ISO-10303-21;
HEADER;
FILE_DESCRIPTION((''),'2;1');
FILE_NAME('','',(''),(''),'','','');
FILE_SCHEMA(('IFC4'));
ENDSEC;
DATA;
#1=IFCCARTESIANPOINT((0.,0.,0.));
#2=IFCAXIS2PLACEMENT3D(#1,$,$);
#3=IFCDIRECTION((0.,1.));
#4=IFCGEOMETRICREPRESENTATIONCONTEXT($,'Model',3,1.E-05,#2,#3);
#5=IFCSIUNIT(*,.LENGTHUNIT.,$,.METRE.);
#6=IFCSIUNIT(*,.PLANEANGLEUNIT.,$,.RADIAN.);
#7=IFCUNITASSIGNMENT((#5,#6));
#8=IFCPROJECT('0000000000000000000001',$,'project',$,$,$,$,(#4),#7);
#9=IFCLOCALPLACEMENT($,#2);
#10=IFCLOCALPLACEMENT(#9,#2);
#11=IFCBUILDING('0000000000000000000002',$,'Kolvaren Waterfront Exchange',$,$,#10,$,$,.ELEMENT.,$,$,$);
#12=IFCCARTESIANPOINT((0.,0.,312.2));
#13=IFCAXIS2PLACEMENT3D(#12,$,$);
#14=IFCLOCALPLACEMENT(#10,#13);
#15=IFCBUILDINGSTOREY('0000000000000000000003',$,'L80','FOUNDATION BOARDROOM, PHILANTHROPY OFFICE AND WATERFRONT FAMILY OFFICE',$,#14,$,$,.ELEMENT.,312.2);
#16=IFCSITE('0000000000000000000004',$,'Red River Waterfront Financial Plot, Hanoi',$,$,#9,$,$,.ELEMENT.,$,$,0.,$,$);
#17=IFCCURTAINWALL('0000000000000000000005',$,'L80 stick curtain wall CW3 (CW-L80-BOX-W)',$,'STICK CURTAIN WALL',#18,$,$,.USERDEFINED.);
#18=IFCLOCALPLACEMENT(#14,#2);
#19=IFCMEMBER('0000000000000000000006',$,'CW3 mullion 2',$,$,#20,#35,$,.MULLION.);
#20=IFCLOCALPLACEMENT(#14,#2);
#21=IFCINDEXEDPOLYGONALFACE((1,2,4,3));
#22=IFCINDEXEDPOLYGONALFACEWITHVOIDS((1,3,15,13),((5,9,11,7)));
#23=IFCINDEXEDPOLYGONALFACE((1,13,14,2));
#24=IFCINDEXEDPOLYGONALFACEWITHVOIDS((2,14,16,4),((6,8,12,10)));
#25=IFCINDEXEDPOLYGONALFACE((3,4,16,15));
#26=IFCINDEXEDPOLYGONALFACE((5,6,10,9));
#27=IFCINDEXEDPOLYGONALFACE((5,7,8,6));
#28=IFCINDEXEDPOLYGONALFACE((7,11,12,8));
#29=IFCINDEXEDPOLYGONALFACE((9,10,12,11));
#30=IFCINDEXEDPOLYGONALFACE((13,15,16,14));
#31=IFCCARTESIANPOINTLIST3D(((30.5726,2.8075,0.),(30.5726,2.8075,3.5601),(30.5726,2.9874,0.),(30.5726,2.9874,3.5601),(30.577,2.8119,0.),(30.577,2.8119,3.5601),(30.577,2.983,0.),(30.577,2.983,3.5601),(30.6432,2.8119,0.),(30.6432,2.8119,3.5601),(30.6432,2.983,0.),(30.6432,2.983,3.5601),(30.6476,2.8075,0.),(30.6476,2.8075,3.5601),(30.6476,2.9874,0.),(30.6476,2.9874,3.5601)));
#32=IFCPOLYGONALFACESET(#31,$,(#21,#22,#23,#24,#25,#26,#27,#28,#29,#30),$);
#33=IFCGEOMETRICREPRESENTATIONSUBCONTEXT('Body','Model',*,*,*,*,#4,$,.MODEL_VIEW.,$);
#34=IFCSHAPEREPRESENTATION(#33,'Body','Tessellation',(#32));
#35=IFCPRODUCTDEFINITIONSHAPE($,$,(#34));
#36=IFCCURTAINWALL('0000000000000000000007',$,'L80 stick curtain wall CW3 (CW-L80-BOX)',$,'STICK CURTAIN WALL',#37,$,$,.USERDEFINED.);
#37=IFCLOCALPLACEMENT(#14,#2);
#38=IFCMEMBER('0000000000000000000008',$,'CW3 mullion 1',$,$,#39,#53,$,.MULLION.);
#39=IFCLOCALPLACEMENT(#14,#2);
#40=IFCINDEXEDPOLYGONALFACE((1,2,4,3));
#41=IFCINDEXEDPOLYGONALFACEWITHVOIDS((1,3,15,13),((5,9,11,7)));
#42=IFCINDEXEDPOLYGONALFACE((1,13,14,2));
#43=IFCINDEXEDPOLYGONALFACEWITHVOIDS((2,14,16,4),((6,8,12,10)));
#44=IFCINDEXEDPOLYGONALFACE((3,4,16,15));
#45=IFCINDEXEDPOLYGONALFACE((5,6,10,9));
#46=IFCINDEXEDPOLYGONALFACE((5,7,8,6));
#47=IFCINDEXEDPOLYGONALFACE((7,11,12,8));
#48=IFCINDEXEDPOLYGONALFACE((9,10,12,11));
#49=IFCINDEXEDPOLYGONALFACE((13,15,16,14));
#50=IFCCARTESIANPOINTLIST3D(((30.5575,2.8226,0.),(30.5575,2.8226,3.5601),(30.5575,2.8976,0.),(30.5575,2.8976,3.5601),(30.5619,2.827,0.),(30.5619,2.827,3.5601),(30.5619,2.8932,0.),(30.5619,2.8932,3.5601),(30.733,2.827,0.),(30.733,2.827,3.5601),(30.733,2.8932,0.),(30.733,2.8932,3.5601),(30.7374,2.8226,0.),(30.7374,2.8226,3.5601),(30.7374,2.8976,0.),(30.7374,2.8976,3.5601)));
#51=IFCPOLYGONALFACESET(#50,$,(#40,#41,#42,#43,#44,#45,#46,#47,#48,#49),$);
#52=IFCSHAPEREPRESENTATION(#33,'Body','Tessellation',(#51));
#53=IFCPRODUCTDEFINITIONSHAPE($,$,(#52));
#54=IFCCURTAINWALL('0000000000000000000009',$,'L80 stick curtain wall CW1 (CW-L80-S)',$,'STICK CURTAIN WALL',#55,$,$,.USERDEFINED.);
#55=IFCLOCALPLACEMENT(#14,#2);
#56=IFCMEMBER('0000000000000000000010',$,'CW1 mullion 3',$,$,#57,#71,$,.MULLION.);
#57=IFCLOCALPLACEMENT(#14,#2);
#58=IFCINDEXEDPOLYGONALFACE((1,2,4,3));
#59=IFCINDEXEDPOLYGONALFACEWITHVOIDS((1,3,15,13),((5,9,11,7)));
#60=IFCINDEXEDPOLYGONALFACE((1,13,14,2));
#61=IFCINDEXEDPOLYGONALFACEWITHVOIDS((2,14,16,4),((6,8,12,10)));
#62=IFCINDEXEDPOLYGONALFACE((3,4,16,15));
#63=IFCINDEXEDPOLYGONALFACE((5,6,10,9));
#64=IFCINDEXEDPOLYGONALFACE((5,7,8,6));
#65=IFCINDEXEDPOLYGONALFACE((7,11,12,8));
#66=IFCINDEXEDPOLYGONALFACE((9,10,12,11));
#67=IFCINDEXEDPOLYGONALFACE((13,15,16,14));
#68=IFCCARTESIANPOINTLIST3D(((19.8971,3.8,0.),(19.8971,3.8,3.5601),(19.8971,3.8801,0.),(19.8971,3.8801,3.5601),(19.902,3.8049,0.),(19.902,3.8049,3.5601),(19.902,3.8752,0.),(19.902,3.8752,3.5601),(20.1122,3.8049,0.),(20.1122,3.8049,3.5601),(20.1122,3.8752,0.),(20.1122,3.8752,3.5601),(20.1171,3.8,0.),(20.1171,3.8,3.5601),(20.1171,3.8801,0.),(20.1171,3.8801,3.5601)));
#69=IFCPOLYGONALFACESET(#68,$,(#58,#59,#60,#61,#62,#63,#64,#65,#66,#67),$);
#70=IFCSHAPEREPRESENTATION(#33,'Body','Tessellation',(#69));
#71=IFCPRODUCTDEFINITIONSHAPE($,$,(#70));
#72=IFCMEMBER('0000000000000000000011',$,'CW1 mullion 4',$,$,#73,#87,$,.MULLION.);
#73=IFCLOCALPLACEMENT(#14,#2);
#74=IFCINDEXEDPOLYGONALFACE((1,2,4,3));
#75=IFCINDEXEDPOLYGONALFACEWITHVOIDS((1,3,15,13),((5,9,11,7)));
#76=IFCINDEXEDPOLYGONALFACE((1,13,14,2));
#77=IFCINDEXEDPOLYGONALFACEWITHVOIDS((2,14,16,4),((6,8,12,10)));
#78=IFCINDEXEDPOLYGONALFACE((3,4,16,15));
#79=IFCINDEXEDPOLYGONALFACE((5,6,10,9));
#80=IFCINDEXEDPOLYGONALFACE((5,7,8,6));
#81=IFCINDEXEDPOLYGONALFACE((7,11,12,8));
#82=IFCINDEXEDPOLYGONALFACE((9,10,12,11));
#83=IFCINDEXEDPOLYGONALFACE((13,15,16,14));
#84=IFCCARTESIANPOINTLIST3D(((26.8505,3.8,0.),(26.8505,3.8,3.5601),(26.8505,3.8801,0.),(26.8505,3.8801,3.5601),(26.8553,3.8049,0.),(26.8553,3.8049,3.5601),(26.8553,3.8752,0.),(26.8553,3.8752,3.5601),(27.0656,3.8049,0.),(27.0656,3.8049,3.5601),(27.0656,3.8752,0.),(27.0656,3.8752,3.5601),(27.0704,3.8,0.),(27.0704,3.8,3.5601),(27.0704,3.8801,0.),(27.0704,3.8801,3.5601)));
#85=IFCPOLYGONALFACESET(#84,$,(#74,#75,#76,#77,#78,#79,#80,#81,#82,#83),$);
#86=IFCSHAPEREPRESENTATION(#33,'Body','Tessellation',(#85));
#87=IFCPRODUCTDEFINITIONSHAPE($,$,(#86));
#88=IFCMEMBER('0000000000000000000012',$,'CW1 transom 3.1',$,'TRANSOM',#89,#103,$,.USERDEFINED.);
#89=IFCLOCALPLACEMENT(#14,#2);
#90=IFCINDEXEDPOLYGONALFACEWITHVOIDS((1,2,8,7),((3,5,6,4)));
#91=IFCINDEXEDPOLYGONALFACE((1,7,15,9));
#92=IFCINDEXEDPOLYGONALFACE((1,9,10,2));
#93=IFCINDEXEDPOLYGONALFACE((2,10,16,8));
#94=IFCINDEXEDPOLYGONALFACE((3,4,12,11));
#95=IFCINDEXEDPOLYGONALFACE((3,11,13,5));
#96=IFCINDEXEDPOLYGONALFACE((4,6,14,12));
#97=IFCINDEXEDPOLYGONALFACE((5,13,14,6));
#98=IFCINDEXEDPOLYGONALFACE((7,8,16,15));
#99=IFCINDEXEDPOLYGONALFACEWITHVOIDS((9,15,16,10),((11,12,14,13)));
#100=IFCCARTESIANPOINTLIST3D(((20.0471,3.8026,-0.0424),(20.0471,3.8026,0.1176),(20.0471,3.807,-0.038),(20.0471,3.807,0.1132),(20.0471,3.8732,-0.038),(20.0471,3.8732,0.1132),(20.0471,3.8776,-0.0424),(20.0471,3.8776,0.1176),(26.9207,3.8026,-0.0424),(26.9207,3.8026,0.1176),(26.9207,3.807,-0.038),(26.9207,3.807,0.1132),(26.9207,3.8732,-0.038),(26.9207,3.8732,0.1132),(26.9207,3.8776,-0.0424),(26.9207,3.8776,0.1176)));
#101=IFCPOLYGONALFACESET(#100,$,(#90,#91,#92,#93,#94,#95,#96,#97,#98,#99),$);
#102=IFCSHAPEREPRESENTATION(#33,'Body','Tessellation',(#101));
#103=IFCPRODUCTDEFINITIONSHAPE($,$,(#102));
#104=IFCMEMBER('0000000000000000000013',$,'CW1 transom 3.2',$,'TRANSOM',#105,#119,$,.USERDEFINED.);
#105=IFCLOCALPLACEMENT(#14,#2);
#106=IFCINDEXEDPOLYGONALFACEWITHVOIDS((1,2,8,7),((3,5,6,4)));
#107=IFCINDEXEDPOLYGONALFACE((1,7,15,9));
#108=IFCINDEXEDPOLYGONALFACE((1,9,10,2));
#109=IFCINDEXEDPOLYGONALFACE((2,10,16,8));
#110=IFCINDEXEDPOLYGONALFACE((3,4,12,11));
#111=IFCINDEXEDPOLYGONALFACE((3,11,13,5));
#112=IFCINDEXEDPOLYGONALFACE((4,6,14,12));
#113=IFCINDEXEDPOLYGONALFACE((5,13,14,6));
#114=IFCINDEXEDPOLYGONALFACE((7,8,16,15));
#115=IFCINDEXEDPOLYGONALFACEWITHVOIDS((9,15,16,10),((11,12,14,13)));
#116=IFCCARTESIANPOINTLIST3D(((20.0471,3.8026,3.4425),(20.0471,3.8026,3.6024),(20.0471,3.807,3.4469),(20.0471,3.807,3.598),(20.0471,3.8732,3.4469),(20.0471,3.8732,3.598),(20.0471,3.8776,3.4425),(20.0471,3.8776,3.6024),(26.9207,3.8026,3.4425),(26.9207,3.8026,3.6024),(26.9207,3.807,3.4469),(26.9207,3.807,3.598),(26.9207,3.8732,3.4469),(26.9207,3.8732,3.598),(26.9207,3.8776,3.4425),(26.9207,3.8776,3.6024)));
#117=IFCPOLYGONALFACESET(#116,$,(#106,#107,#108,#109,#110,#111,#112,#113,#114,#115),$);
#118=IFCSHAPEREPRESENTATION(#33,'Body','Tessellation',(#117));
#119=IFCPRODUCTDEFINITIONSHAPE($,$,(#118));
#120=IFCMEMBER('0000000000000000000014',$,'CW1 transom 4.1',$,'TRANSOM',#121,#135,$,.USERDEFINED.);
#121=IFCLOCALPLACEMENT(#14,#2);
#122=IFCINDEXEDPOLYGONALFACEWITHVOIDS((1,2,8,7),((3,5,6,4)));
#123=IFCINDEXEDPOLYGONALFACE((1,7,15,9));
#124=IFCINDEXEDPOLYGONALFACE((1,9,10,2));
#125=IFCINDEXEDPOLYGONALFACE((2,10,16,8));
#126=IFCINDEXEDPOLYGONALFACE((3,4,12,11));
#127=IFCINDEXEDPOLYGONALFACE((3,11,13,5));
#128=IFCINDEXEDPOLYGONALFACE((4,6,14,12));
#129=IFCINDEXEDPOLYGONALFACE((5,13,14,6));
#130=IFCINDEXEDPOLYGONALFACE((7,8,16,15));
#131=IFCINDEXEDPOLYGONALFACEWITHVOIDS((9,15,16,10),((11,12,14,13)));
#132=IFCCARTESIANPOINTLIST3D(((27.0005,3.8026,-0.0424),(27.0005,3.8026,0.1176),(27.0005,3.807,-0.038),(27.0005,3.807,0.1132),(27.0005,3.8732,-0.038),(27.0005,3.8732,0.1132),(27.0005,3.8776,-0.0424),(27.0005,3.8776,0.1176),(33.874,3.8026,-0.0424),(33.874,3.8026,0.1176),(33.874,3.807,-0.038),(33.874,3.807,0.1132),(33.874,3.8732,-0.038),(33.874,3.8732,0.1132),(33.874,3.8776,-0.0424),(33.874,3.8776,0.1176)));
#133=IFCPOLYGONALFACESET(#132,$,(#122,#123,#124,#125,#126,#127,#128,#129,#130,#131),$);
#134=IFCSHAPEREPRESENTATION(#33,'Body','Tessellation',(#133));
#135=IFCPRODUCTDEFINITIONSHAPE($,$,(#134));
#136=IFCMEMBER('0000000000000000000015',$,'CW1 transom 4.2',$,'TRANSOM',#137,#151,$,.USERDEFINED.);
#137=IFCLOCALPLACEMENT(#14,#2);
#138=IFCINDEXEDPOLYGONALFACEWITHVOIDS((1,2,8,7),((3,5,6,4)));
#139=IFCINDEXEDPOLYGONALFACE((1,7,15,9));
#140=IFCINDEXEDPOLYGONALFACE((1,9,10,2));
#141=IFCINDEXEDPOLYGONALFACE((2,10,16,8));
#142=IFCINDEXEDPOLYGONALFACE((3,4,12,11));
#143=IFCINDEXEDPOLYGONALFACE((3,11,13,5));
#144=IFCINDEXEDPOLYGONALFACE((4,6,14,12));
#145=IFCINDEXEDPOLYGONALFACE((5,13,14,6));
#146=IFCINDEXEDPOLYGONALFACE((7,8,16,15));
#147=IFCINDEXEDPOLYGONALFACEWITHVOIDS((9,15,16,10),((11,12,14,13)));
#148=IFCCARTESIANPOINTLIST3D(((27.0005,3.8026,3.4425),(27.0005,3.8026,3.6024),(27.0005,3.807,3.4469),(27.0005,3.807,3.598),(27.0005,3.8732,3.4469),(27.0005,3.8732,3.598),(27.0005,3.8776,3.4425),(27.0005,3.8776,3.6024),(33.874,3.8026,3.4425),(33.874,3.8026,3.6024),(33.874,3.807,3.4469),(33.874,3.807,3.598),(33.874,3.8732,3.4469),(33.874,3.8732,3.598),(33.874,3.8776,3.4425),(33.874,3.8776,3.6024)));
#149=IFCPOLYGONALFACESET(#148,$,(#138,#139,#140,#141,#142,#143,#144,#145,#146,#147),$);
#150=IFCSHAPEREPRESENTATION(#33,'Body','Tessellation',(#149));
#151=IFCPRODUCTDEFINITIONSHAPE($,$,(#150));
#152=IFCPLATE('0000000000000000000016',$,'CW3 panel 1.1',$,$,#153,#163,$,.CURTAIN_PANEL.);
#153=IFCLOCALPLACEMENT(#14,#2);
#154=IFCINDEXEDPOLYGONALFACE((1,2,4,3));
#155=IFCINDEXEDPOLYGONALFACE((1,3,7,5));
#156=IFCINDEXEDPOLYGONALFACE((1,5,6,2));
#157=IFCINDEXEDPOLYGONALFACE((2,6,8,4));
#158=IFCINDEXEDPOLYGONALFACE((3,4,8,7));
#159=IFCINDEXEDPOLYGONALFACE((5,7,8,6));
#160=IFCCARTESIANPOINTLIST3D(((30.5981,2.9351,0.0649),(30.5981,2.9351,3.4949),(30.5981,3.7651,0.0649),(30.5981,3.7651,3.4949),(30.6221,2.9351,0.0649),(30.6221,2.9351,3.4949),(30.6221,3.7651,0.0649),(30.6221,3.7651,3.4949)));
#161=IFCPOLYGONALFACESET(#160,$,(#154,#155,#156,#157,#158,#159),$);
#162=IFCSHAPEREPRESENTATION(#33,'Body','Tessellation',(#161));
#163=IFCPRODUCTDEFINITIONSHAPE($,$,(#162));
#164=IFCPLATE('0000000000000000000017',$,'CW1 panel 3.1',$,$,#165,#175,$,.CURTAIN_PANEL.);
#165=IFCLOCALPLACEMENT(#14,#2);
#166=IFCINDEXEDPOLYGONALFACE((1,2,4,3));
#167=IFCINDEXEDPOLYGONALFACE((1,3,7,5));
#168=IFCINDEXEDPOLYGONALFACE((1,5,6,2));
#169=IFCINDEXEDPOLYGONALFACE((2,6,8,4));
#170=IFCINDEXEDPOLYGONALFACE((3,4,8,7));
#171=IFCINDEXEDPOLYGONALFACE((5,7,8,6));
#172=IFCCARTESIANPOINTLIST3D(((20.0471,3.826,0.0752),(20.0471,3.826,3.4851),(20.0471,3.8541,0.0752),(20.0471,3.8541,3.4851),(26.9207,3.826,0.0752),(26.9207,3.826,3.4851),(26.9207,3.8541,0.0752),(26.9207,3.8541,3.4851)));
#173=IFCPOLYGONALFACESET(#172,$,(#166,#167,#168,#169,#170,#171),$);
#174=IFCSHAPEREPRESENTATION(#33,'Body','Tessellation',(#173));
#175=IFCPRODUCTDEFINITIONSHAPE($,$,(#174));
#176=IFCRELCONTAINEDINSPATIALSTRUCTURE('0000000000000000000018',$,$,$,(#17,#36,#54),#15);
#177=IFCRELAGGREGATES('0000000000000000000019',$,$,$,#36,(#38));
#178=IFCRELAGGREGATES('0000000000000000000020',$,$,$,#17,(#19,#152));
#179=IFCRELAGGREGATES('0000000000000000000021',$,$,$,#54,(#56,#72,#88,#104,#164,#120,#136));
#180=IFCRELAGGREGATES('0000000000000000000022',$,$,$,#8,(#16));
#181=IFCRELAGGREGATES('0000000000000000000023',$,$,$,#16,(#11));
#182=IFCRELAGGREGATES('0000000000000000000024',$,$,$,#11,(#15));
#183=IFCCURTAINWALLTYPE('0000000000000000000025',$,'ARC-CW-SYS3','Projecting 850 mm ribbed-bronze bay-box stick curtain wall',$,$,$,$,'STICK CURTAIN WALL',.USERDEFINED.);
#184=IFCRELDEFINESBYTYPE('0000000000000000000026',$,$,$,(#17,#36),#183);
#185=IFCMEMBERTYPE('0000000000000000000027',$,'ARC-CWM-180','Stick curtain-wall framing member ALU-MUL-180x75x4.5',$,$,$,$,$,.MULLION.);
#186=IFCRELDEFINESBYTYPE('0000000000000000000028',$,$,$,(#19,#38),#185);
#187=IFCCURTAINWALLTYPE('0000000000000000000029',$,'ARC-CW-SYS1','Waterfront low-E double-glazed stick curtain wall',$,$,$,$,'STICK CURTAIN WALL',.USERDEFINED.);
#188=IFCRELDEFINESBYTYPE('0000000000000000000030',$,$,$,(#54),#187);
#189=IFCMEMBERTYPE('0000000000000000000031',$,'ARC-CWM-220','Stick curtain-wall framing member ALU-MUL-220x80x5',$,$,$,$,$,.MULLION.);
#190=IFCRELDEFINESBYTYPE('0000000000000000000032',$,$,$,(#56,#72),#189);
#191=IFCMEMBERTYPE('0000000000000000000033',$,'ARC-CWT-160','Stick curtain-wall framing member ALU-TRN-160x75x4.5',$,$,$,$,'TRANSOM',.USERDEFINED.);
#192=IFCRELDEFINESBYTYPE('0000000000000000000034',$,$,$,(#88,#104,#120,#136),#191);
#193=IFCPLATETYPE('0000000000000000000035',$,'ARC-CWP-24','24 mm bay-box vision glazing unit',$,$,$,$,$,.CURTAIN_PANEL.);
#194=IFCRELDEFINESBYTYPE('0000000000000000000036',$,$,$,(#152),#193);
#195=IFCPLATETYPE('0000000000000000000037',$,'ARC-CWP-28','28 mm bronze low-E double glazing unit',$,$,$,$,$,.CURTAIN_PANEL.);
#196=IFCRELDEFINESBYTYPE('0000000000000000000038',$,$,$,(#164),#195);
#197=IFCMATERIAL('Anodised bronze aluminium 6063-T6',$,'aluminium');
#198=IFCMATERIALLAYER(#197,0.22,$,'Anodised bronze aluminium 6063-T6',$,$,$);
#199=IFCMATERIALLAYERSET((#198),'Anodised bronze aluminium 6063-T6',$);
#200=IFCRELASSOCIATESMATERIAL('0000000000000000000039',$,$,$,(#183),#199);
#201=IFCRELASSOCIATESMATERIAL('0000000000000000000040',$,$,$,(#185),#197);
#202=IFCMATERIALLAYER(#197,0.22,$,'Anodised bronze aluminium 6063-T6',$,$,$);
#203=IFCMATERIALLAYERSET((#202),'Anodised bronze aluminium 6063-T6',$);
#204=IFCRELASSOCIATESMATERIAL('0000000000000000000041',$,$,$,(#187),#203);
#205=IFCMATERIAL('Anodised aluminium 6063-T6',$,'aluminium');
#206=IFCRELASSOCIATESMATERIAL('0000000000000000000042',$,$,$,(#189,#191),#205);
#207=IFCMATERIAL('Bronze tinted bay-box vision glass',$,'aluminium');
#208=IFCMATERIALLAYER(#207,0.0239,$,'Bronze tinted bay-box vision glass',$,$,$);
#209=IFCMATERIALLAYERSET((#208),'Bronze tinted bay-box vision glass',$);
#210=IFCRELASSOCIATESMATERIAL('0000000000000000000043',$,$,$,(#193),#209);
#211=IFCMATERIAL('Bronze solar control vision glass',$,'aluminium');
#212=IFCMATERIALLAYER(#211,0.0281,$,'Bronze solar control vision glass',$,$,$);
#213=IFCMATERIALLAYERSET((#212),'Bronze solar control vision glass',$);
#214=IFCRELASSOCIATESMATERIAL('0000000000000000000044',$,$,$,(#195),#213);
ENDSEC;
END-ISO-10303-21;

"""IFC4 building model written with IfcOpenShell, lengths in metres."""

from ifc_helpers import new_model, si_unit, direction, frame, origin, origin_with_axes, origin_2d, place, context, subcontext, project, spatial, rectangle, hollow_rectangle, extrude, source, transform, mapped, material, layer, layer_set, material_profile, profile_set, type_object, element, aggregate, save


model = new_model("IFC4")

# Units and contexts
model_context = context("Model", 3, precision=1e-05, world=origin(), true_north=direction((0.0, 1.0)))
body_context = subcontext(model_context, "Body", "Model", "MODEL_VIEW")
ifc_project = project(units=[si_unit("LENGTHUNIT", "METRE"), si_unit("PLANEANGLEUNIT", "RADIAN")], contexts=[model_context])

# Site, building, storey
site_placement = place(None, origin())
site = spatial("IfcSite", under=ifc_project, at=site_placement, Name="Red River Waterfront Financial Plot, Hanoi", CompositionType="ELEMENT", RefElevation=0.0)
building_placement = place(site_placement, origin())
building = spatial("IfcBuilding", under=site, at=building_placement, Name="Kolvaren Waterfront Exchange", CompositionType="ELEMENT")
storey_placement = place(building_placement, frame((0.0, 0.0, 312.2)))
storey = spatial("IfcBuildingStorey", under=building, at=storey_placement, Name="L80", Description="FOUNDATION BOARDROOM, PHILANTHROPY OFFICE AND WATERFRONT FAMILY OFFICE", CompositionType="ELEMENT", Elevation=312.2)

# Curtain wall, member
ifc_material_1 = material(Name="Anodised bronze aluminium 6063-T6", Category="aluminium")
ifc_layer_1 = layer(ifc_material_1, 0.22, Name="Anodised bronze aluminium 6063-T6")
ifc_layer_set_1 = layer_set([ifc_layer_1], Name="Anodised bronze aluminium 6063-T6")
curtain_wall_type_1 = type_object("IfcCurtainWallType", Name="ARC-CW-SYS3", Description="Projecting 850 mm ribbed-bronze bay-box stick curtain wall", ElementType="STICK CURTAIN WALL", PredefinedType="USERDEFINED", material=ifc_layer_set_1)
curtain_wall_1_placement = place(storey_placement, origin())
curtain_wall_1 = element("IfcCurtainWall", 1, at=curtain_wall_1_placement, inside=storey, type_object=curtain_wall_type_1, Name="L80 stick curtain wall CW3 (CW-L80-BOX-W)", ObjectType="STICK CURTAIN WALL", PredefinedType="USERDEFINED")
ifc_material_profile_1 = material_profile(ifc_material_1, hollow_rectangle(XDim=0.075, YDim=0.1799, WallThickness=0.0044, at=origin_2d()), Name="ALU-MUL-180x75x4.5")
ifc_profile_set_1 = profile_set([ifc_material_profile_1], Name="Anodised bronze aluminium 6063-T6")
member_type_1 = type_object("IfcMemberType", Name="ARC-CWM-180", Description="Stick curtain-wall framing member ALU-MUL-180x75x4.5", PredefinedType="MULLION", material=ifc_profile_set_1)
shared_shape_1 = source(origin_with_axes(), body_context, "Body", "SweptSolid", [
    extrude(hollow_rectangle(XDim=0.075, YDim=0.1799, WallThickness=0.0044, at=origin_2d()), origin(), (0.0, 0.0, 1.0), 3.5601),
])
member_1_placement = place(storey_placement, frame((30.6101, 2.8975, 0.0), z_axis=(0.0, 0.0, 1.0), x_axis=(1.0, 0.0, 0.0)))
member_1 = element("IfcMember", 2, at=member_1_placement, type_object=member_type_1, Name="CW3 mullion 2", PredefinedType="MULLION", context=body_context, shape_type="MappedRepresentation", body=[
    mapped(shared_shape_1, transform((0.0, 0.0, 0.0), x_axis=(1.0, 0.0, 0.0), y_axis=(0.0, 1.0, 0.0), z_axis=(0.0, 0.0, 1.0), scale=1.0)),
])

# Curtain wall, member
curtain_wall_2_placement = place(storey_placement, origin())
curtain_wall_2 = element("IfcCurtainWall", 3, at=curtain_wall_2_placement, inside=storey, type_object=curtain_wall_type_1, Name="L80 stick curtain wall CW3 (CW-L80-BOX)", ObjectType="STICK CURTAIN WALL", PredefinedType="USERDEFINED")
member_2_placement = place(storey_placement, frame((30.6475, 2.8601, 0.0), z_axis=(0.0, 0.0, 1.0), x_axis=(0.0, 1.0, 0.0)))
member_2 = element("IfcMember", 4, at=member_2_placement, type_object=member_type_1, Name="CW3 mullion 1", PredefinedType="MULLION", context=body_context, shape_type="MappedRepresentation", body=[
    mapped(shared_shape_1, transform((0.0, 0.0, 0.0), x_axis=(1.0, 0.0, 0.0), y_axis=(0.0, 1.0, 0.0), z_axis=(0.0, 0.0, 1.0), scale=1.0)),
])
aggregate(curtain_wall_2, [member_2])

# Curtain wall, members
ifc_layer_2 = layer(ifc_material_1, 0.22, Name="Anodised bronze aluminium 6063-T6")
ifc_layer_set_2 = layer_set([ifc_layer_2], Name="Anodised bronze aluminium 6063-T6")
curtain_wall_type_2 = type_object("IfcCurtainWallType", Name="ARC-CW-SYS1", Description="Waterfront low-E double-glazed stick curtain wall", ElementType="STICK CURTAIN WALL", PredefinedType="USERDEFINED", material=ifc_layer_set_2)
curtain_wall_3_placement = place(storey_placement, origin())
curtain_wall_3 = element("IfcCurtainWall", 5, at=curtain_wall_3_placement, inside=storey, type_object=curtain_wall_type_2, Name="L80 stick curtain wall CW1 (CW-L80-S)", ObjectType="STICK CURTAIN WALL", PredefinedType="USERDEFINED")
ifc_material_2 = material(Name="Anodised aluminium 6063-T6", Category="aluminium")
ifc_material_profile_2 = material_profile(ifc_material_2, hollow_rectangle(XDim=0.0801, YDim=0.22, WallThickness=0.0049, at=origin_2d()), Name="ALU-MUL-220x80x5")
ifc_profile_set_2 = profile_set([ifc_material_profile_2], Name="Anodised aluminium 6063-T6")
member_type_2 = type_object("IfcMemberType", Name="ARC-CWM-220", Description="Stick curtain-wall framing member ALU-MUL-220x80x5", PredefinedType="MULLION", material=ifc_profile_set_2)
shared_shape_2 = source(origin_with_axes(), body_context, "Body", "SweptSolid", [
    extrude(hollow_rectangle(XDim=0.0801, YDim=0.22, WallThickness=0.0049, at=origin_2d()), origin(), (0.0, 0.0, 1.0), 3.5601),
])
member_3_placement = place(storey_placement, frame((20.0071, 3.8401, 0.0), z_axis=(0.0, 0.0, 1.0), x_axis=(0.0, 1.0, 0.0)))
member_3 = element("IfcMember", 6, at=member_3_placement, type_object=member_type_2, Name="CW1 mullion 3", PredefinedType="MULLION", context=body_context, shape_type="MappedRepresentation", body=[
    mapped(shared_shape_2, transform((0.0, 0.0, 0.0), x_axis=(1.0, 0.0, 0.0), y_axis=(0.0, 1.0, 0.0), z_axis=(0.0, 0.0, 1.0), scale=1.0)),
])
member_4_placement = place(storey_placement, frame((26.9604, 3.8401, 0.0), z_axis=(0.0, 0.0, 1.0), x_axis=(0.0, 1.0, 0.0)))
member_4 = element("IfcMember", 7, at=member_4_placement, type_object=member_type_2, Name="CW1 mullion 4", PredefinedType="MULLION", context=body_context, shape_type="MappedRepresentation", body=[
    mapped(shared_shape_2, transform((0.0, 0.0, 0.0), x_axis=(1.0, 0.0, 0.0), y_axis=(0.0, 1.0, 0.0), z_axis=(0.0, 0.0, 1.0), scale=1.0)),
])
ifc_material_profile_3 = material_profile(ifc_material_2, hollow_rectangle(XDim=0.075, YDim=0.1599, WallThickness=0.0044, at=origin_2d()), Name="ALU-TRN-160x75x4.5")
ifc_profile_set_3 = profile_set([ifc_material_profile_3], Name="Anodised aluminium 6063-T6")
member_type_3 = type_object("IfcMemberType", Name="ARC-CWT-160", Description="Stick curtain-wall framing member ALU-TRN-160x75x4.5", ElementType="TRANSOM", PredefinedType="USERDEFINED", material=ifc_profile_set_3)
shared_shape_3 = source(origin_with_axes(), body_context, "Body", "SweptSolid", [
    extrude(hollow_rectangle(XDim=0.075, YDim=0.1599, WallThickness=0.0044, at=origin_2d()), origin(), (0.0, 0.0, 1.0), 6.8735),
])
member_5_placement = place(storey_placement, frame((20.0471, 3.8401, 0.0376), z_axis=(1.0, 0.0, 0.0), x_axis=(0.0, 1.0, 0.0)))
member_5 = element("IfcMember", 8, at=member_5_placement, type_object=member_type_3, Name="CW1 transom 3.1", ObjectType="TRANSOM", PredefinedType="USERDEFINED", context=body_context, shape_type="MappedRepresentation", body=[
    mapped(shared_shape_3, transform((0.0, 0.0, 0.0), x_axis=(1.0, 0.0, 0.0), y_axis=(0.0, 1.0, 0.0), z_axis=(0.0, 0.0, 1.0), scale=1.0)),
])
member_6_placement = place(storey_placement, frame((20.0471, 3.8401, 3.5225), z_axis=(1.0, 0.0, 0.0), x_axis=(0.0, 1.0, 0.0)))
member_6 = element("IfcMember", 9, at=member_6_placement, type_object=member_type_3, Name="CW1 transom 3.2", ObjectType="TRANSOM", PredefinedType="USERDEFINED", context=body_context, shape_type="MappedRepresentation", body=[
    mapped(shared_shape_3, transform((0.0, 0.0, 0.0), x_axis=(1.0, 0.0, 0.0), y_axis=(0.0, 1.0, 0.0), z_axis=(0.0, 0.0, 1.0), scale=1.0)),
])
member_7_placement = place(storey_placement, frame((27.0005, 3.8401, 0.0376), z_axis=(1.0, 0.0, 0.0), x_axis=(0.0, 1.0, 0.0)))
member_7 = element("IfcMember", 10, at=member_7_placement, type_object=member_type_3, Name="CW1 transom 4.1", ObjectType="TRANSOM", PredefinedType="USERDEFINED", context=body_context, shape_type="MappedRepresentation", body=[
    mapped(shared_shape_3, transform((0.0, 0.0, 0.0), x_axis=(1.0, 0.0, 0.0), y_axis=(0.0, 1.0, 0.0), z_axis=(0.0, 0.0, 1.0), scale=1.0)),
])
member_8_placement = place(storey_placement, frame((27.0005, 3.8401, 3.5225), z_axis=(1.0, 0.0, 0.0), x_axis=(0.0, 1.0, 0.0)))
member_8 = element("IfcMember", 11, at=member_8_placement, type_object=member_type_3, Name="CW1 transom 4.2", ObjectType="TRANSOM", PredefinedType="USERDEFINED", context=body_context, shape_type="MappedRepresentation", body=[
    mapped(shared_shape_3, transform((0.0, 0.0, 0.0), x_axis=(1.0, 0.0, 0.0), y_axis=(0.0, 1.0, 0.0), z_axis=(0.0, 0.0, 1.0), scale=1.0)),
])

# Plates
ifc_material_3 = material(Name="Bronze tinted bay-box vision glass", Category="aluminium")
ifc_layer_3 = layer(ifc_material_3, 0.0239, Name="Bronze tinted bay-box vision glass")
ifc_layer_set_3 = layer_set([ifc_layer_3], Name="Bronze tinted bay-box vision glass")
plate_type_1 = type_object("IfcPlateType", Name="ARC-CWP-24", Description="24 mm bay-box vision glazing unit", PredefinedType="CURTAIN_PANEL", material=ifc_layer_set_3)
shared_shape_4 = source(origin_with_axes(), body_context, "Body", "SweptSolid", [
    extrude(rectangle(XDim=0.8301, YDim=0.0239, at=origin_2d()), origin(), (0.0, 0.0, 1.0), 3.4299),
])
plate_1_placement = place(storey_placement, frame((30.6101, 3.3501, 0.0649), z_axis=(0.0, 0.0, 1.0), x_axis=(0.0, -1.0, 0.0)))
plate_1 = element("IfcPlate", 12, at=plate_1_placement, type_object=plate_type_1, Name="CW3 panel 1.1", PredefinedType="CURTAIN_PANEL", context=body_context, shape_type="MappedRepresentation", body=[
    mapped(shared_shape_4, transform((0.0, 0.0, 0.0), x_axis=(1.0, 0.0, 0.0), y_axis=(0.0, 1.0, 0.0), z_axis=(0.0, 0.0, 1.0), scale=1.0)),
])
aggregate(curtain_wall_1, [member_1, plate_1])
ifc_material_4 = material(Name="Bronze solar control vision glass", Category="aluminium")
ifc_layer_4 = layer(ifc_material_4, 0.0281, Name="Bronze solar control vision glass")
ifc_layer_set_4 = layer_set([ifc_layer_4], Name="Bronze solar control vision glass")
plate_type_2 = type_object("IfcPlateType", Name="ARC-CWP-28", Description="28 mm bronze low-E double glazing unit", PredefinedType="CURTAIN_PANEL", material=ifc_layer_set_4)
shared_shape_5 = source(origin_with_axes(), body_context, "Body", "SweptSolid", [
    extrude(rectangle(XDim=6.8735, YDim=0.0281, at=origin_2d()), origin(), (0.0, 0.0, 1.0), 3.4099),
])
plate_2_placement = place(storey_placement, frame((23.4839, 3.8401, 0.0752), z_axis=(0.0, 0.0, 1.0), x_axis=(1.0, 0.0, 0.0)))
plate_2 = element("IfcPlate", 13, at=plate_2_placement, type_object=plate_type_2, Name="CW1 panel 3.1", PredefinedType="CURTAIN_PANEL", context=body_context, shape_type="MappedRepresentation", body=[
    mapped(shared_shape_5, transform((0.0, 0.0, 0.0), x_axis=(1.0, 0.0, 0.0), y_axis=(0.0, 1.0, 0.0), z_axis=(0.0, 0.0, 1.0), scale=1.0)),
])
aggregate(curtain_wall_3, [member_3, member_4, member_5, member_6, plate_2, member_7, member_8])

save(model, "model.ifc")
